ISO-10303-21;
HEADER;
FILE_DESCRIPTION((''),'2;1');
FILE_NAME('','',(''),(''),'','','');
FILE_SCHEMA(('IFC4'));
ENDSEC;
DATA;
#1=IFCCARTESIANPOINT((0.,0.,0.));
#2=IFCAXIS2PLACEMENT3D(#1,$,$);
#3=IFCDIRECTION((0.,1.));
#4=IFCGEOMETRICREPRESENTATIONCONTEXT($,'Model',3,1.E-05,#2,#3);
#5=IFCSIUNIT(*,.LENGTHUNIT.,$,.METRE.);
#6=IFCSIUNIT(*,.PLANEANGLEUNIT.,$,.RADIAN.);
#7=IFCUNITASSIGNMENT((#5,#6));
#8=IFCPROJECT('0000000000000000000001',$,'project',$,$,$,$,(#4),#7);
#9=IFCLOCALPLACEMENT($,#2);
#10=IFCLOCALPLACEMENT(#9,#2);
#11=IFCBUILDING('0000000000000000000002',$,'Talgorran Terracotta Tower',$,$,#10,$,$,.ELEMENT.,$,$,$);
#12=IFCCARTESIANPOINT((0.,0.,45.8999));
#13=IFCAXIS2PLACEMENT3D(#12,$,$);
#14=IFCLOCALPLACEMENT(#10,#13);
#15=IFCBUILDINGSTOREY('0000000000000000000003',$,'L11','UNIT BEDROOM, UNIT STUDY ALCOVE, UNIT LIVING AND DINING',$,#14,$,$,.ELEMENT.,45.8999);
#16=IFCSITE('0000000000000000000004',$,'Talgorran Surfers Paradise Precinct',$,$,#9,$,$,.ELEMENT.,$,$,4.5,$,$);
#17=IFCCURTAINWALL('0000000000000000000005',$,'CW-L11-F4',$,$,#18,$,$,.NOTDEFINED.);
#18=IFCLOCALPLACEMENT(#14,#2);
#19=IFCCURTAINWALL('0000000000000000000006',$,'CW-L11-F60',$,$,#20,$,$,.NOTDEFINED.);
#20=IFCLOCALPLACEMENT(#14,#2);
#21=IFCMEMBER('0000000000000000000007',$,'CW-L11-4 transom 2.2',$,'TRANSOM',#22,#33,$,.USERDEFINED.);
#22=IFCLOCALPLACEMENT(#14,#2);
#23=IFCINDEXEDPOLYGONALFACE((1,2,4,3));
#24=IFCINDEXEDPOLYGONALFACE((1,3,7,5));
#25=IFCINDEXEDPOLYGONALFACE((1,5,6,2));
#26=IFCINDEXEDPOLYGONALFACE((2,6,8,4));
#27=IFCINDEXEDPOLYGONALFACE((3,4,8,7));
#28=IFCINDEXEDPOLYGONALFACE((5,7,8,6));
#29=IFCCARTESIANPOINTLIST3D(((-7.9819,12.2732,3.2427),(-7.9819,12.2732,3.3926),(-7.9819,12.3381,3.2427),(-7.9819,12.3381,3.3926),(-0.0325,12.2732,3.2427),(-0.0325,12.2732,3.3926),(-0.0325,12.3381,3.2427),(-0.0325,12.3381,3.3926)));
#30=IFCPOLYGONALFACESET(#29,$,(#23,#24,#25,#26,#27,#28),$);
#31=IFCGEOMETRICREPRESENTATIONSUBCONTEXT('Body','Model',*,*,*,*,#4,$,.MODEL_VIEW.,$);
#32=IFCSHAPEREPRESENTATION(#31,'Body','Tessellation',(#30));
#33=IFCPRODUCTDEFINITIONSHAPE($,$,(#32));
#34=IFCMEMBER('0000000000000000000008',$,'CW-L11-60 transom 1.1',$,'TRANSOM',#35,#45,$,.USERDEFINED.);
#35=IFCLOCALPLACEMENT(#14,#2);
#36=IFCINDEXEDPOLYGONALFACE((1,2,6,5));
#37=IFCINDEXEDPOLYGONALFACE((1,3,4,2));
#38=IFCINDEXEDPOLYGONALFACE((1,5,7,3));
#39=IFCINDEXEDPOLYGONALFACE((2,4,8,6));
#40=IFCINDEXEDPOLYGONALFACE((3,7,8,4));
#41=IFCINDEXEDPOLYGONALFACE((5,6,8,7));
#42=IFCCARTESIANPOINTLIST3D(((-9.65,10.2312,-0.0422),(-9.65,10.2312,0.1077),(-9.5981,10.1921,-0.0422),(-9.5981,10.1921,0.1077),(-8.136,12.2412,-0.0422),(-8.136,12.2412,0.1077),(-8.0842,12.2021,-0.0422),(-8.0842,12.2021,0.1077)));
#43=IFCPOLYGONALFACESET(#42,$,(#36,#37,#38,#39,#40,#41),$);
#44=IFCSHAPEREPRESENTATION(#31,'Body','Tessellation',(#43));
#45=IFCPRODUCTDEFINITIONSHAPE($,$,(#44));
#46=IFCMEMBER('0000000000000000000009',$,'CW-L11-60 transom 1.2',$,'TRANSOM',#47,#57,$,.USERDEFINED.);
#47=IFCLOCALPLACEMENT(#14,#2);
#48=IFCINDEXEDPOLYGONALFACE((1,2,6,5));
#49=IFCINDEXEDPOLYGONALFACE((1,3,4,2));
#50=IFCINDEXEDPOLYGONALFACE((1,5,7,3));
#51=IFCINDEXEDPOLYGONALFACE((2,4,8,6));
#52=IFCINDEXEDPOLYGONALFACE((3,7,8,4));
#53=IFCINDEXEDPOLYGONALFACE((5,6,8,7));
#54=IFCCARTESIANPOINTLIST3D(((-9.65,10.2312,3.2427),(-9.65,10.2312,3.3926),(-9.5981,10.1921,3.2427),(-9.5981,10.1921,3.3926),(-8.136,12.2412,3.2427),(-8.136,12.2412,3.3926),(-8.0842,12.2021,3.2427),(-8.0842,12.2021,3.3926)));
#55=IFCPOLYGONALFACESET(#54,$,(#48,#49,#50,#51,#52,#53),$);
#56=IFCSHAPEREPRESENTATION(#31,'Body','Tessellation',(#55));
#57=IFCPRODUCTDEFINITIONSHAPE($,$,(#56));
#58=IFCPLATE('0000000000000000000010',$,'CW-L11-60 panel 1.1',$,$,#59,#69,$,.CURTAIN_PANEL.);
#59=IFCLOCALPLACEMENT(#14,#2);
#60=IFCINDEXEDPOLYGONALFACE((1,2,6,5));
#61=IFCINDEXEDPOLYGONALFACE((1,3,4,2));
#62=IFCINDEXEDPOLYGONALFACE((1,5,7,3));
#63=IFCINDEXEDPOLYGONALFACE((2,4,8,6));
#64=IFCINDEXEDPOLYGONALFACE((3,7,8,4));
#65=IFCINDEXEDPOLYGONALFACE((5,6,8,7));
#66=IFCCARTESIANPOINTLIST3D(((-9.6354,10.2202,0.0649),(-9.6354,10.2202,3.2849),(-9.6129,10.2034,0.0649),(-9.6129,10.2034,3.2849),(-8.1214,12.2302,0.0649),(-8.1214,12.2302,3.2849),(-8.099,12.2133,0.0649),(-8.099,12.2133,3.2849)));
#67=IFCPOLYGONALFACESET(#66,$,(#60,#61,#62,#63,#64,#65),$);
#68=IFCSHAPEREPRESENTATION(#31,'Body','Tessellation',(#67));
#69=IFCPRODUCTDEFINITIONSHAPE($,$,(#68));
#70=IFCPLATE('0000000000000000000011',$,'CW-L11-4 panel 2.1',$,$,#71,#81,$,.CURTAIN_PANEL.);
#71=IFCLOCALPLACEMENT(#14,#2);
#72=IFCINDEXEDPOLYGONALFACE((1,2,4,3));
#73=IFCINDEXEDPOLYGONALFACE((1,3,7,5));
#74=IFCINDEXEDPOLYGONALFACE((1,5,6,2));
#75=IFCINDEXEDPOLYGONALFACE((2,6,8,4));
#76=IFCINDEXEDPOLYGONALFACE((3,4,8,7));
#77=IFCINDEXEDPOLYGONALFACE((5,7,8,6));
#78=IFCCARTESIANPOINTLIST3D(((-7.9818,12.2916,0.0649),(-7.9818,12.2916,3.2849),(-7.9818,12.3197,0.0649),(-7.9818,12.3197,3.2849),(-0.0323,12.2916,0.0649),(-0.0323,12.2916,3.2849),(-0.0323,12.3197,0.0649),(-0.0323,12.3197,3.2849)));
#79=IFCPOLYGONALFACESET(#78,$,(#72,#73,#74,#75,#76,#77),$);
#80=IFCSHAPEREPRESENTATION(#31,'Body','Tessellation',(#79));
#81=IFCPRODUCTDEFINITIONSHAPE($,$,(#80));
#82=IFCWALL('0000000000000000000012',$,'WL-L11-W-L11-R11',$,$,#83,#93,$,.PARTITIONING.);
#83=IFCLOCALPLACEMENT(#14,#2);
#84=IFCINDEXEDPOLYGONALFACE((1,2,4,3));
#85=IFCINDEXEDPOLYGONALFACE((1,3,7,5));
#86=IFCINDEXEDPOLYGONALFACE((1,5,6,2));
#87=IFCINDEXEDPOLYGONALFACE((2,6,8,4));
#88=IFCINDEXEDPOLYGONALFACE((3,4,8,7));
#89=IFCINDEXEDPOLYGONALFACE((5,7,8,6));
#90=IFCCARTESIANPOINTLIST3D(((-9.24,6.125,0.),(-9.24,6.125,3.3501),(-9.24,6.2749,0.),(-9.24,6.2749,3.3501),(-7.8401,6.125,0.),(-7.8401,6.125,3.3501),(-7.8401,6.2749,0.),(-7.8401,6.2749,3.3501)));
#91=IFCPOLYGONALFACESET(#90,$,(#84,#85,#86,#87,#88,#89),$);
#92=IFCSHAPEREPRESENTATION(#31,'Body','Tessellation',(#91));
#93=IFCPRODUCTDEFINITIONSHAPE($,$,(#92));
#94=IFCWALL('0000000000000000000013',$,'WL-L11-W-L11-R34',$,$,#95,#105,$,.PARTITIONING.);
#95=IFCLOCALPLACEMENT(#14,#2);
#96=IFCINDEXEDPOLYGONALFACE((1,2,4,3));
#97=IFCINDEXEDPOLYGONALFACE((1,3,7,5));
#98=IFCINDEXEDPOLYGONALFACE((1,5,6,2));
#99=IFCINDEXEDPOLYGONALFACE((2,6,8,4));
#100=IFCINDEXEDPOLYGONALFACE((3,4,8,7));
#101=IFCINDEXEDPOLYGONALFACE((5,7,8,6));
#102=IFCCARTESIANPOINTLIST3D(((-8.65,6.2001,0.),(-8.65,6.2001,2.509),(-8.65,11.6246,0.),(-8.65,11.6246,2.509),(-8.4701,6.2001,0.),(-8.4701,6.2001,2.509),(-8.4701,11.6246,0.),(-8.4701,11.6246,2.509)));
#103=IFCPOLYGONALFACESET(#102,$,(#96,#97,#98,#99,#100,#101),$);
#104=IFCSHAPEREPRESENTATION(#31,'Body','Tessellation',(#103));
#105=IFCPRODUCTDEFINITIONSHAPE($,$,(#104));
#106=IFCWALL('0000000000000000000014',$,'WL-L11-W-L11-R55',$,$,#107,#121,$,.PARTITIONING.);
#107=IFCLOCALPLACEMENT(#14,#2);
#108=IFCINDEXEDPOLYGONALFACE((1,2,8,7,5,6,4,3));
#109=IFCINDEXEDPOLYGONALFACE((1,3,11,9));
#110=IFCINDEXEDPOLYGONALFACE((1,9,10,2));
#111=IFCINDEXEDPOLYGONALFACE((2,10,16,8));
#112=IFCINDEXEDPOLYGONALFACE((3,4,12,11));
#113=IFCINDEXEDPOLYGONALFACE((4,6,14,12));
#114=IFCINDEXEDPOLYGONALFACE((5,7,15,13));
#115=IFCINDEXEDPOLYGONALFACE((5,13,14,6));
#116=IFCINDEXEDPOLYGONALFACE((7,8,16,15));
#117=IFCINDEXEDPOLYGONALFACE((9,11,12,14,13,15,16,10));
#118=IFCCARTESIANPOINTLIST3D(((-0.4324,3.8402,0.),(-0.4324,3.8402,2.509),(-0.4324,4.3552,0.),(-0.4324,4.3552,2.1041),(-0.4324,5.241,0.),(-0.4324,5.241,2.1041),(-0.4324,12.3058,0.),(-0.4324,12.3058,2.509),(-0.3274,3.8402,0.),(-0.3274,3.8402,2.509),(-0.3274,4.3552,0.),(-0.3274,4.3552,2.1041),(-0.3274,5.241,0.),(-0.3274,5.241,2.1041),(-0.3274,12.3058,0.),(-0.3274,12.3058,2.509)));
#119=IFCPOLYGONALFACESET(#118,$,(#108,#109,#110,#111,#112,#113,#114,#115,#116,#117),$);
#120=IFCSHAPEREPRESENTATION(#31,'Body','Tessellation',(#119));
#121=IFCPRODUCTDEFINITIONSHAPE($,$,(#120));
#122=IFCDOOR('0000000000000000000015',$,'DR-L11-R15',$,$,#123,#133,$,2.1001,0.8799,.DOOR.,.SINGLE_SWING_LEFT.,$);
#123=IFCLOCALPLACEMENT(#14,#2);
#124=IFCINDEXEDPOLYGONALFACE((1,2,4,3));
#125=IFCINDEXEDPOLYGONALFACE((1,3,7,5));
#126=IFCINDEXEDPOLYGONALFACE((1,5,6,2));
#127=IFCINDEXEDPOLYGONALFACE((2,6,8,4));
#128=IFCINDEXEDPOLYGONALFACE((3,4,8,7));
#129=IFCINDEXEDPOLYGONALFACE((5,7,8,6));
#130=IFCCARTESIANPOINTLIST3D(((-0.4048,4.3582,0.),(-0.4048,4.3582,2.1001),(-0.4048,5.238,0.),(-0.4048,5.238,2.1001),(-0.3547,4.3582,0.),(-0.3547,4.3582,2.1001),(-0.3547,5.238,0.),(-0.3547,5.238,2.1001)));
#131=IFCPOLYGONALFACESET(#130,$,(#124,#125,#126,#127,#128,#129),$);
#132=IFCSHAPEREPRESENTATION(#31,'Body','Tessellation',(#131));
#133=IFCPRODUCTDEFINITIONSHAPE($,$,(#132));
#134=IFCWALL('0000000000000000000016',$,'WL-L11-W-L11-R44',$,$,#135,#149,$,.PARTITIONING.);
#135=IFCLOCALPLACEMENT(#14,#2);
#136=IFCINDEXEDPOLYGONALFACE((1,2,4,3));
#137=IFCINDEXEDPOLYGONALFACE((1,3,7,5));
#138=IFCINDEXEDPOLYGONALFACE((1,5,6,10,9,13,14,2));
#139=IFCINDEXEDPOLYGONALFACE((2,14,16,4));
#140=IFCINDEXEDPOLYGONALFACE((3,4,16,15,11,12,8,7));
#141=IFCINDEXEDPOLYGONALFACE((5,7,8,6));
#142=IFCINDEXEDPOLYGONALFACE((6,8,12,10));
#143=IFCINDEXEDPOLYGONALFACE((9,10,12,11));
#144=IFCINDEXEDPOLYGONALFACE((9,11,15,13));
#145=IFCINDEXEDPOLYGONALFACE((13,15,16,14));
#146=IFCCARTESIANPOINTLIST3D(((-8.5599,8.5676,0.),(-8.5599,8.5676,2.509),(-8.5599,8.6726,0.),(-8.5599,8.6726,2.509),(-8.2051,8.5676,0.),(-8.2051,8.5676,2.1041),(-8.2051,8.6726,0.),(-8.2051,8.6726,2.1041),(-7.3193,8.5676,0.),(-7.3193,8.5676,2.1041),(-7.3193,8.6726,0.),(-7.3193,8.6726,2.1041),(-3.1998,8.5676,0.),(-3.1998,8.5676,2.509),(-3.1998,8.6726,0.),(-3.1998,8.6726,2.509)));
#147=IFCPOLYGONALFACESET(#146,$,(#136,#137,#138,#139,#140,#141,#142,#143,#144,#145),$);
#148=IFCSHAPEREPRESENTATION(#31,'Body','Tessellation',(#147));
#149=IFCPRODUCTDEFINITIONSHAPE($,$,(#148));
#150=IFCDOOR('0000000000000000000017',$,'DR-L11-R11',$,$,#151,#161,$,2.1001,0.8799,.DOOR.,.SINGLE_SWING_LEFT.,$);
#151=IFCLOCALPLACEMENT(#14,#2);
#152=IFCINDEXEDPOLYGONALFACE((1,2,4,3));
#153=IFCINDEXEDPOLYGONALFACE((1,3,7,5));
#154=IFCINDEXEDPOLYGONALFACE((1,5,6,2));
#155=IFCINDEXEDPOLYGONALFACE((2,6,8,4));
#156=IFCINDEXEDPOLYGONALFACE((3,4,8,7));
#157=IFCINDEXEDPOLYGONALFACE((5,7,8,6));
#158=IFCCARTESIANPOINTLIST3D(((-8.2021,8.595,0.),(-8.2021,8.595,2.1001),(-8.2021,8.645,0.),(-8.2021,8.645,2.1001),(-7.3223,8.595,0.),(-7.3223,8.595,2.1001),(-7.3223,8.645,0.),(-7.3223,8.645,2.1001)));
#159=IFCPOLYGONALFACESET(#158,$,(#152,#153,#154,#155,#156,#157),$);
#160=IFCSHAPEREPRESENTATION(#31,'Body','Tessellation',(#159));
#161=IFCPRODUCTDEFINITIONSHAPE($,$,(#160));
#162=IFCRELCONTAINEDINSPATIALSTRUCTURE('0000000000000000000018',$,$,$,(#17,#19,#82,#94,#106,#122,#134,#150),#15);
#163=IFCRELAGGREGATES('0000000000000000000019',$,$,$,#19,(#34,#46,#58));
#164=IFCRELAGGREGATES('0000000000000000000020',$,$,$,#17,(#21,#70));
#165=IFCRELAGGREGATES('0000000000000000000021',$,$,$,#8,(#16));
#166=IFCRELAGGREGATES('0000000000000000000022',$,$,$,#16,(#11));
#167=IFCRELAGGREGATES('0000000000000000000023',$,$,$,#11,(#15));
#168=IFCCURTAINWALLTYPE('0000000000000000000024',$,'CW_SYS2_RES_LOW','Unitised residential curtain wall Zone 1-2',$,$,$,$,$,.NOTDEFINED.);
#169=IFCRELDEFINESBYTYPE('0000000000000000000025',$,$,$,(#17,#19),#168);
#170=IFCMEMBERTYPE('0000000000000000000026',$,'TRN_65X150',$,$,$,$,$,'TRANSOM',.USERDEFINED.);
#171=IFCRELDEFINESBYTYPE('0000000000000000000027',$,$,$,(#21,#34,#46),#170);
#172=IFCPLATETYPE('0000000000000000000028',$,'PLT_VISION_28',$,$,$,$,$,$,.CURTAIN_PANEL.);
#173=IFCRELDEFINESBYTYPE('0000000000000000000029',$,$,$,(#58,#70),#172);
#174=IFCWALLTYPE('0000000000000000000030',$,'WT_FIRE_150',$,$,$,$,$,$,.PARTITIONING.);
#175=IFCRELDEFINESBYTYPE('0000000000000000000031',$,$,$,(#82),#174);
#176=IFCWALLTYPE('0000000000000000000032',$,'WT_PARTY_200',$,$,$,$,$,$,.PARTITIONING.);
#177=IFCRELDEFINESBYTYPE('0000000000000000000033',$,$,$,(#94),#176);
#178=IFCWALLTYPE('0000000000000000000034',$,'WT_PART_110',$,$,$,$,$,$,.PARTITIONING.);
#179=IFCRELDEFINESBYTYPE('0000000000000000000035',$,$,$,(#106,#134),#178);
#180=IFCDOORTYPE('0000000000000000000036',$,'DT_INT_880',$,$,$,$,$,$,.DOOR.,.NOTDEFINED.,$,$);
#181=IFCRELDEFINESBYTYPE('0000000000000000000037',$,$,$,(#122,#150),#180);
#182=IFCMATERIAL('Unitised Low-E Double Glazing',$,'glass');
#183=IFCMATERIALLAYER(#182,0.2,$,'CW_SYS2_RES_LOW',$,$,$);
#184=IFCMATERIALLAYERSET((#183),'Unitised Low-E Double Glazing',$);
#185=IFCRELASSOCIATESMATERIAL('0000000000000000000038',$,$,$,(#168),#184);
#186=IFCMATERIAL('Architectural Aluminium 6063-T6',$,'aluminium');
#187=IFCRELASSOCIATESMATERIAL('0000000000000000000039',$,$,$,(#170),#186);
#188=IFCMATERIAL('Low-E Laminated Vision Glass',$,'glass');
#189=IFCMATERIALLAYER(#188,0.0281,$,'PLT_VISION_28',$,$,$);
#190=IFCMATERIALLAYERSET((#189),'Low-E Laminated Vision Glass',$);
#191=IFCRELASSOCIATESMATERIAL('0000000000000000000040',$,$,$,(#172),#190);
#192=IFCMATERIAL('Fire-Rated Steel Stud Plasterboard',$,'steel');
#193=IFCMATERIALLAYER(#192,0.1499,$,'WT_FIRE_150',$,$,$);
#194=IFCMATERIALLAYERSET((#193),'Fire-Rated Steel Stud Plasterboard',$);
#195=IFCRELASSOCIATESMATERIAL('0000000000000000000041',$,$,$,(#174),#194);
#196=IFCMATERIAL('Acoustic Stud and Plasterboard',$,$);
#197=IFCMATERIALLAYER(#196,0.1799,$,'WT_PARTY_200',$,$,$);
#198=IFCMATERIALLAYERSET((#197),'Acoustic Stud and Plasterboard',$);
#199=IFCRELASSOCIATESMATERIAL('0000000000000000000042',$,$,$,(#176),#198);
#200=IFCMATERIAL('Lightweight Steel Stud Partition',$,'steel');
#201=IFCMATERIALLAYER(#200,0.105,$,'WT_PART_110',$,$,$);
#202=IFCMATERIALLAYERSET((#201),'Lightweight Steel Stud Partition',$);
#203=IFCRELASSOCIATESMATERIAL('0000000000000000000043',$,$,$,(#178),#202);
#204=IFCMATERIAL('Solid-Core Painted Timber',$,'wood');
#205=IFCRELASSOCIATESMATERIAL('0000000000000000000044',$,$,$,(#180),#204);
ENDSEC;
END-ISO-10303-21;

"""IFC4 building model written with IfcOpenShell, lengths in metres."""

from ifc_helpers import new_model, si_unit, direction, frame, frame_2d, origin, origin_2d, place, context, subcontext, project, spatial, rectangle, extrude, source, transform, mapped, material, layer, layer_set, material_profile, profile_set, type_object, type_shapes, element, fill, aggregate, save


model = new_model("IFC4")

# Units and contexts
model_context = context("Model", 3, precision=1e-05, world=origin(), true_north=direction((0.0, 1.0)))
body_context = subcontext(model_context, "Body", "Model", "MODEL_VIEW")
ifc_project = project(units=[si_unit("LENGTHUNIT", "METRE"), si_unit("PLANEANGLEUNIT", "RADIAN")], contexts=[model_context])

# Site, building, storey
site_placement = place(None, origin())
site = spatial("IfcSite", under=ifc_project, at=site_placement, Name="Talgorran Surfers Paradise Precinct", CompositionType="ELEMENT", RefElevation=4.5)
building_placement = place(site_placement, origin())
building = spatial("IfcBuilding", under=site, at=building_placement, Name="Talgorran Terracotta Tower", CompositionType="ELEMENT")
storey_placement = place(building_placement, frame((0.0, 0.0, 45.8999)))
storey = spatial("IfcBuildingStorey", under=building, at=storey_placement, Name="L11", Description="UNIT BEDROOM, UNIT STUDY ALCOVE, UNIT LIVING AND DINING", CompositionType="ELEMENT", Elevation=45.8999)

# Curtain wall
ifc_material_1 = material(Name="Unitised Low-E Double Glazing", Category="glass")
ifc_layer_1 = layer(ifc_material_1, 0.2, Name="CW_SYS2_RES_LOW")
ifc_layer_set_1 = layer_set([ifc_layer_1], Name="Unitised Low-E Double Glazing")
curtain_wall_type = type_object("IfcCurtainWallType", Name="CW_SYS2_RES_LOW", Description="Unitised residential curtain wall Zone 1-2", PredefinedType="NOTDEFINED", material=ifc_layer_set_1)
curtain_wall_1_placement = place(storey_placement, origin())
curtain_wall_1 = element("IfcCurtainWall", 1, at=curtain_wall_1_placement, inside=storey, type_object=curtain_wall_type, Name="CW-L11-F4", PredefinedType="NOTDEFINED")
ifc_material_2 = material(Name="Architectural Aluminium 6063-T6", Category="aluminium")

# Curtain wall
curtain_wall_2_placement = place(storey_placement, origin())
curtain_wall_2 = element("IfcCurtainWall", 2, at=curtain_wall_2_placement, inside=storey, type_object=curtain_wall_type, Name="CW-L11-F60", PredefinedType="NOTDEFINED")

# Members
ifc_material_profile_1 = material_profile(ifc_material_2, rectangle(XDim=0.0649, YDim=0.1499, at=origin_2d()), Name="CWT65X150")
ifc_profile_set_1 = profile_set([ifc_material_profile_1], Name="Architectural Aluminium 6063-T6")
member_type_1 = type_object("IfcMemberType", Name="TRN_65X150", ElementType="TRANSOM", PredefinedType="USERDEFINED", material=ifc_profile_set_1)
member_1_placement = place(storey_placement, frame((-0.0325, 12.3057, 3.3176), z_axis=(-1.0, 0.0, 0.0), x_axis=(0.0, -1.0, 0.0)))
member_1 = element("IfcMember", 3, at=member_1_placement, type_object=member_type_1, Name="CW-L11-4 transom 2.2", ObjectType="TRANSOM", PredefinedType="USERDEFINED", context=body_context, shape_type="SweptSolid", body=[
    extrude(rectangle(XDim=0.0649, YDim=0.1499, at=origin_2d()), origin(), (0.0, 0.0, 1.0), 7.9495),
])
member_2_placement = place(storey_placement, frame((-8.1101, 12.2217, 0.0327), z_axis=(-0.601629, -0.798776, 0.0), x_axis=(0.798776, -0.601629, 0.0)))
member_2 = element("IfcMember", 4, at=member_2_placement, type_object=member_type_1, Name="CW-L11-60 transom 1.1", ObjectType="TRANSOM", PredefinedType="USERDEFINED", context=body_context, shape_type="SweptSolid", body=[
    extrude(rectangle(XDim=0.0649, YDim=0.1499, at=origin_2d()), origin(), (0.0, 0.0, 1.0), 2.5164),
])
member_3_placement = place(storey_placement, frame((-8.1101, 12.2217, 3.3176), z_axis=(-0.601629, -0.798776, 0.0), x_axis=(0.798776, -0.601629, 0.0)))
member_3 = element("IfcMember", 5, at=member_3_placement, type_object=member_type_1, Name="CW-L11-60 transom 1.2", ObjectType="TRANSOM", PredefinedType="USERDEFINED", context=body_context, shape_type="SweptSolid", body=[
    extrude(rectangle(XDim=0.0649, YDim=0.1499, at=origin_2d()), origin(), (0.0, 0.0, 1.0), 2.5164),
])

# Plates
ifc_material_3 = material(Name="Low-E Laminated Vision Glass", Category="glass")
ifc_layer_2 = layer(ifc_material_3, 0.0281, Name="PLT_VISION_28")
ifc_layer_set_2 = layer_set([ifc_layer_2], Name="Low-E Laminated Vision Glass")
plate_type = type_object("IfcPlateType", Name="PLT_VISION_28", PredefinedType="CURTAIN_PANEL", material=ifc_layer_set_2)
shared_shape_1 = source(origin(), body_context, "Body", "SweptSolid", [
    extrude(rectangle(XDim=2.5164, YDim=0.0281, at=origin_2d()), origin(), (0.0, 0.0, 1.0), 3.22),
])
plate_1_placement = place(storey_placement, frame((-8.8672, 11.2168, 0.0649), z_axis=(0.0, 0.0, 1.0), x_axis=(-0.601637, -0.79877, 0.0)))
plate_1 = element("IfcPlate", 6, at=plate_1_placement, type_object=plate_type, Name="CW-L11-60 panel 1.1", PredefinedType="CURTAIN_PANEL", context=body_context, shape_type="MappedRepresentation", body=[
    mapped(shared_shape_1, transform((0.0, 0.0, 0.0), scale=1.0)),
])
aggregate(curtain_wall_2, [member_2, member_3, plate_1])
shared_shape_2 = source(origin(), body_context, "Body", "SweptSolid", [
    extrude(rectangle(XDim=7.9495, YDim=0.0281, at=origin_2d()), origin(), (0.0, 0.0, 1.0), 3.22),
])
type_shapes(plate_type, [shared_shape_1, shared_shape_2])
plate_2_placement = place(storey_placement, frame((-4.0071, 12.3057, 0.0649), z_axis=(0.0, 0.0, 1.0), x_axis=(-1.0, 0.0, 0.0)))
plate_2 = element("IfcPlate", 7, at=plate_2_placement, type_object=plate_type, Name="CW-L11-4 panel 2.1", PredefinedType="CURTAIN_PANEL", context=body_context, shape_type="MappedRepresentation", body=[
    mapped(shared_shape_2, transform((0.0, 0.0, 0.0), scale=1.0)),
])
aggregate(curtain_wall_1, [member_1, plate_2])

# Walls
ifc_material_4 = material(Name="Fire-Rated Steel Stud Plasterboard", Category="steel")
ifc_layer_3 = layer(ifc_material_4, 0.1499, Name="WT_FIRE_150")
ifc_layer_set_3 = layer_set([ifc_layer_3], Name="Fire-Rated Steel Stud Plasterboard")
wall_type_1 = type_object("IfcWallType", Name="WT_FIRE_150", PredefinedType="PARTITIONING", material=ifc_layer_set_3)
wall_1_placement = place(storey_placement, frame((-9.24, 6.2, 0.0), z_axis=(0.0, 0.0, 1.0), x_axis=(1.0, 0.0, 0.0)))
element("IfcWall", 8, at=wall_1_placement, inside=storey, type_object=wall_type_1, Name="WL-L11-W-L11-R11", PredefinedType="PARTITIONING", context=body_context, shape_type="SweptSolid", body=[
    extrude(rectangle(XDim=1.3999, YDim=0.1499, at=frame_2d((0.7, 0.0))), origin(), (0.0, 0.0, 1.0), 3.3501),
])
ifc_material_5 = material(Name="Acoustic Stud and Plasterboard")
ifc_layer_4 = layer(ifc_material_5, 0.1799, Name="WT_PARTY_200")
ifc_layer_set_4 = layer_set([ifc_layer_4], Name="Acoustic Stud and Plasterboard")
wall_type_2 = type_object("IfcWallType", Name="WT_PARTY_200", PredefinedType="PARTITIONING", material=ifc_layer_set_4)
wall_2_placement = place(storey_placement, frame((-8.5601, 6.2, 0.0), z_axis=(0.0, 0.0, 1.0), x_axis=(0.0, 1.0, 0.0)))
element("IfcWall", 9, at=wall_2_placement, inside=storey, type_object=wall_type_2, Name="WL-L11-W-L11-R34", PredefinedType="PARTITIONING", context=body_context, shape_type="SweptSolid", body=[
    extrude(rectangle(XDim=5.4246, YDim=0.1799, at=frame_2d((2.7124, 0.0))), origin(), (0.0, 0.0, 1.0), 2.509),
])

# Walls, openings, doors
ifc_material_6 = material(Name="Lightweight Steel Stud Partition", Category="steel")
ifc_layer_5 = layer(ifc_material_6, 0.105, Name="WT_PART_110")
ifc_layer_set_5 = layer_set([ifc_layer_5], Name="Lightweight Steel Stud Partition")
wall_type_3 = type_object("IfcWallType", Name="WT_PART_110", PredefinedType="PARTITIONING", material=ifc_layer_set_5)
wall_3_placement = place(storey_placement, frame((-0.3799, 3.8401, 0.0), z_axis=(0.0, 0.0, 1.0), x_axis=(0.0, 1.0, 0.0)))
wall_3 = element("IfcWall", 10, at=wall_3_placement, inside=storey, type_object=wall_type_3, Name="WL-L11-W-L11-R55", PredefinedType="PARTITIONING", context=body_context, shape_type="SweptSolid", body=[
    extrude(rectangle(XDim=8.4656, YDim=0.105, at=frame_2d((4.2329, 0.0))), origin(), (0.0, 0.0, 1.0), 2.509),
])
opening_1_placement = place(wall_3_placement, frame((0.5181, 0.0, 0.0)))
opening_1 = element("IfcOpeningElement", 11, at=opening_1_placement, cuts=wall_3, PredefinedType="OPENING", context=body_context, shape_type="SweptSolid", body=[
    extrude(rectangle(XDim=0.8859, YDim=2.1041, at=frame_2d((0.4399, 1.052))), frame((0.0, 0.0625, 0.0), z_axis=(0.0, -1.0, 0.0), x_axis=(1.0, 0.0, 0.0)), (0.0, 0.0, 1.0), 0.125),
])
ifc_material_7 = material(Name="Solid-Core Painted Timber", Category="wood")
door_type = type_object("IfcDoorType", Name="DT_INT_880", OperationType="NOTDEFINED", PredefinedType="DOOR", material=ifc_material_7)
door_1_placement = place(opening_1_placement, origin())
door_1 = element("IfcDoor", 12, at=door_1_placement, inside=storey, type_object=door_type, Name="DR-L11-R15", OperationType="SINGLE_SWING_LEFT", OverallHeight=2.1001, OverallWidth=0.8799, PredefinedType="DOOR", context=body_context, shape_type="SweptSolid", body=[
    extrude(rectangle(XDim=0.8799, YDim=2.1001, at=frame_2d((0.4399, 1.05))), frame((0.0, 0.0249, 0.0), z_axis=(0.0, -1.0, 0.0), x_axis=(1.0, 0.0, 0.0)), (0.0, 0.0, 1.0), 0.05),
])
fill(opening_1, door_1)
wall_4_placement = place(storey_placement, frame((-8.5601, 8.6201, 0.0), z_axis=(0.0, 0.0, 1.0), x_axis=(1.0, 0.0, 0.0)))
wall_4 = element("IfcWall", 13, at=wall_4_placement, inside=storey, type_object=wall_type_3, Name="WL-L11-W-L11-R44", PredefinedType="PARTITIONING", context=body_context, shape_type="SweptSolid", body=[
    extrude(rectangle(XDim=5.3601, YDim=0.105, at=frame_2d((2.6802, 0.0))), origin(), (0.0, 0.0, 1.0), 2.509),
])
opening_2_placement = place(wall_4_placement, frame((0.3579, 0.0, 0.0)))
opening_2 = element("IfcOpeningElement", 14, at=opening_2_placement, cuts=wall_4, PredefinedType="OPENING", context=body_context, shape_type="SweptSolid", body=[
    extrude(rectangle(XDim=0.8859, YDim=2.1041, at=frame_2d((0.4399, 1.052))), frame((0.0, 0.0625, 0.0), z_axis=(0.0, -1.0, 0.0), x_axis=(1.0, 0.0, 0.0)), (0.0, 0.0, 1.0), 0.125),
])
door_2_placement = place(opening_2_placement, origin())
door_2 = element("IfcDoor", 15, at=door_2_placement, inside=storey, type_object=door_type, Name="DR-L11-R11", OperationType="SINGLE_SWING_LEFT", OverallHeight=2.1001, OverallWidth=0.8799, PredefinedType="DOOR", context=body_context, shape_type="SweptSolid", body=[
    extrude(rectangle(XDim=0.8799, YDim=2.1001, at=frame_2d((0.4399, 1.05))), frame((0.0, 0.0249, 0.0), z_axis=(0.0, -1.0, 0.0), x_axis=(1.0, 0.0, 0.0)), (0.0, 0.0, 1.0), 0.05),
])
fill(opening_2, door_2)

save(model, "model.ifc")
